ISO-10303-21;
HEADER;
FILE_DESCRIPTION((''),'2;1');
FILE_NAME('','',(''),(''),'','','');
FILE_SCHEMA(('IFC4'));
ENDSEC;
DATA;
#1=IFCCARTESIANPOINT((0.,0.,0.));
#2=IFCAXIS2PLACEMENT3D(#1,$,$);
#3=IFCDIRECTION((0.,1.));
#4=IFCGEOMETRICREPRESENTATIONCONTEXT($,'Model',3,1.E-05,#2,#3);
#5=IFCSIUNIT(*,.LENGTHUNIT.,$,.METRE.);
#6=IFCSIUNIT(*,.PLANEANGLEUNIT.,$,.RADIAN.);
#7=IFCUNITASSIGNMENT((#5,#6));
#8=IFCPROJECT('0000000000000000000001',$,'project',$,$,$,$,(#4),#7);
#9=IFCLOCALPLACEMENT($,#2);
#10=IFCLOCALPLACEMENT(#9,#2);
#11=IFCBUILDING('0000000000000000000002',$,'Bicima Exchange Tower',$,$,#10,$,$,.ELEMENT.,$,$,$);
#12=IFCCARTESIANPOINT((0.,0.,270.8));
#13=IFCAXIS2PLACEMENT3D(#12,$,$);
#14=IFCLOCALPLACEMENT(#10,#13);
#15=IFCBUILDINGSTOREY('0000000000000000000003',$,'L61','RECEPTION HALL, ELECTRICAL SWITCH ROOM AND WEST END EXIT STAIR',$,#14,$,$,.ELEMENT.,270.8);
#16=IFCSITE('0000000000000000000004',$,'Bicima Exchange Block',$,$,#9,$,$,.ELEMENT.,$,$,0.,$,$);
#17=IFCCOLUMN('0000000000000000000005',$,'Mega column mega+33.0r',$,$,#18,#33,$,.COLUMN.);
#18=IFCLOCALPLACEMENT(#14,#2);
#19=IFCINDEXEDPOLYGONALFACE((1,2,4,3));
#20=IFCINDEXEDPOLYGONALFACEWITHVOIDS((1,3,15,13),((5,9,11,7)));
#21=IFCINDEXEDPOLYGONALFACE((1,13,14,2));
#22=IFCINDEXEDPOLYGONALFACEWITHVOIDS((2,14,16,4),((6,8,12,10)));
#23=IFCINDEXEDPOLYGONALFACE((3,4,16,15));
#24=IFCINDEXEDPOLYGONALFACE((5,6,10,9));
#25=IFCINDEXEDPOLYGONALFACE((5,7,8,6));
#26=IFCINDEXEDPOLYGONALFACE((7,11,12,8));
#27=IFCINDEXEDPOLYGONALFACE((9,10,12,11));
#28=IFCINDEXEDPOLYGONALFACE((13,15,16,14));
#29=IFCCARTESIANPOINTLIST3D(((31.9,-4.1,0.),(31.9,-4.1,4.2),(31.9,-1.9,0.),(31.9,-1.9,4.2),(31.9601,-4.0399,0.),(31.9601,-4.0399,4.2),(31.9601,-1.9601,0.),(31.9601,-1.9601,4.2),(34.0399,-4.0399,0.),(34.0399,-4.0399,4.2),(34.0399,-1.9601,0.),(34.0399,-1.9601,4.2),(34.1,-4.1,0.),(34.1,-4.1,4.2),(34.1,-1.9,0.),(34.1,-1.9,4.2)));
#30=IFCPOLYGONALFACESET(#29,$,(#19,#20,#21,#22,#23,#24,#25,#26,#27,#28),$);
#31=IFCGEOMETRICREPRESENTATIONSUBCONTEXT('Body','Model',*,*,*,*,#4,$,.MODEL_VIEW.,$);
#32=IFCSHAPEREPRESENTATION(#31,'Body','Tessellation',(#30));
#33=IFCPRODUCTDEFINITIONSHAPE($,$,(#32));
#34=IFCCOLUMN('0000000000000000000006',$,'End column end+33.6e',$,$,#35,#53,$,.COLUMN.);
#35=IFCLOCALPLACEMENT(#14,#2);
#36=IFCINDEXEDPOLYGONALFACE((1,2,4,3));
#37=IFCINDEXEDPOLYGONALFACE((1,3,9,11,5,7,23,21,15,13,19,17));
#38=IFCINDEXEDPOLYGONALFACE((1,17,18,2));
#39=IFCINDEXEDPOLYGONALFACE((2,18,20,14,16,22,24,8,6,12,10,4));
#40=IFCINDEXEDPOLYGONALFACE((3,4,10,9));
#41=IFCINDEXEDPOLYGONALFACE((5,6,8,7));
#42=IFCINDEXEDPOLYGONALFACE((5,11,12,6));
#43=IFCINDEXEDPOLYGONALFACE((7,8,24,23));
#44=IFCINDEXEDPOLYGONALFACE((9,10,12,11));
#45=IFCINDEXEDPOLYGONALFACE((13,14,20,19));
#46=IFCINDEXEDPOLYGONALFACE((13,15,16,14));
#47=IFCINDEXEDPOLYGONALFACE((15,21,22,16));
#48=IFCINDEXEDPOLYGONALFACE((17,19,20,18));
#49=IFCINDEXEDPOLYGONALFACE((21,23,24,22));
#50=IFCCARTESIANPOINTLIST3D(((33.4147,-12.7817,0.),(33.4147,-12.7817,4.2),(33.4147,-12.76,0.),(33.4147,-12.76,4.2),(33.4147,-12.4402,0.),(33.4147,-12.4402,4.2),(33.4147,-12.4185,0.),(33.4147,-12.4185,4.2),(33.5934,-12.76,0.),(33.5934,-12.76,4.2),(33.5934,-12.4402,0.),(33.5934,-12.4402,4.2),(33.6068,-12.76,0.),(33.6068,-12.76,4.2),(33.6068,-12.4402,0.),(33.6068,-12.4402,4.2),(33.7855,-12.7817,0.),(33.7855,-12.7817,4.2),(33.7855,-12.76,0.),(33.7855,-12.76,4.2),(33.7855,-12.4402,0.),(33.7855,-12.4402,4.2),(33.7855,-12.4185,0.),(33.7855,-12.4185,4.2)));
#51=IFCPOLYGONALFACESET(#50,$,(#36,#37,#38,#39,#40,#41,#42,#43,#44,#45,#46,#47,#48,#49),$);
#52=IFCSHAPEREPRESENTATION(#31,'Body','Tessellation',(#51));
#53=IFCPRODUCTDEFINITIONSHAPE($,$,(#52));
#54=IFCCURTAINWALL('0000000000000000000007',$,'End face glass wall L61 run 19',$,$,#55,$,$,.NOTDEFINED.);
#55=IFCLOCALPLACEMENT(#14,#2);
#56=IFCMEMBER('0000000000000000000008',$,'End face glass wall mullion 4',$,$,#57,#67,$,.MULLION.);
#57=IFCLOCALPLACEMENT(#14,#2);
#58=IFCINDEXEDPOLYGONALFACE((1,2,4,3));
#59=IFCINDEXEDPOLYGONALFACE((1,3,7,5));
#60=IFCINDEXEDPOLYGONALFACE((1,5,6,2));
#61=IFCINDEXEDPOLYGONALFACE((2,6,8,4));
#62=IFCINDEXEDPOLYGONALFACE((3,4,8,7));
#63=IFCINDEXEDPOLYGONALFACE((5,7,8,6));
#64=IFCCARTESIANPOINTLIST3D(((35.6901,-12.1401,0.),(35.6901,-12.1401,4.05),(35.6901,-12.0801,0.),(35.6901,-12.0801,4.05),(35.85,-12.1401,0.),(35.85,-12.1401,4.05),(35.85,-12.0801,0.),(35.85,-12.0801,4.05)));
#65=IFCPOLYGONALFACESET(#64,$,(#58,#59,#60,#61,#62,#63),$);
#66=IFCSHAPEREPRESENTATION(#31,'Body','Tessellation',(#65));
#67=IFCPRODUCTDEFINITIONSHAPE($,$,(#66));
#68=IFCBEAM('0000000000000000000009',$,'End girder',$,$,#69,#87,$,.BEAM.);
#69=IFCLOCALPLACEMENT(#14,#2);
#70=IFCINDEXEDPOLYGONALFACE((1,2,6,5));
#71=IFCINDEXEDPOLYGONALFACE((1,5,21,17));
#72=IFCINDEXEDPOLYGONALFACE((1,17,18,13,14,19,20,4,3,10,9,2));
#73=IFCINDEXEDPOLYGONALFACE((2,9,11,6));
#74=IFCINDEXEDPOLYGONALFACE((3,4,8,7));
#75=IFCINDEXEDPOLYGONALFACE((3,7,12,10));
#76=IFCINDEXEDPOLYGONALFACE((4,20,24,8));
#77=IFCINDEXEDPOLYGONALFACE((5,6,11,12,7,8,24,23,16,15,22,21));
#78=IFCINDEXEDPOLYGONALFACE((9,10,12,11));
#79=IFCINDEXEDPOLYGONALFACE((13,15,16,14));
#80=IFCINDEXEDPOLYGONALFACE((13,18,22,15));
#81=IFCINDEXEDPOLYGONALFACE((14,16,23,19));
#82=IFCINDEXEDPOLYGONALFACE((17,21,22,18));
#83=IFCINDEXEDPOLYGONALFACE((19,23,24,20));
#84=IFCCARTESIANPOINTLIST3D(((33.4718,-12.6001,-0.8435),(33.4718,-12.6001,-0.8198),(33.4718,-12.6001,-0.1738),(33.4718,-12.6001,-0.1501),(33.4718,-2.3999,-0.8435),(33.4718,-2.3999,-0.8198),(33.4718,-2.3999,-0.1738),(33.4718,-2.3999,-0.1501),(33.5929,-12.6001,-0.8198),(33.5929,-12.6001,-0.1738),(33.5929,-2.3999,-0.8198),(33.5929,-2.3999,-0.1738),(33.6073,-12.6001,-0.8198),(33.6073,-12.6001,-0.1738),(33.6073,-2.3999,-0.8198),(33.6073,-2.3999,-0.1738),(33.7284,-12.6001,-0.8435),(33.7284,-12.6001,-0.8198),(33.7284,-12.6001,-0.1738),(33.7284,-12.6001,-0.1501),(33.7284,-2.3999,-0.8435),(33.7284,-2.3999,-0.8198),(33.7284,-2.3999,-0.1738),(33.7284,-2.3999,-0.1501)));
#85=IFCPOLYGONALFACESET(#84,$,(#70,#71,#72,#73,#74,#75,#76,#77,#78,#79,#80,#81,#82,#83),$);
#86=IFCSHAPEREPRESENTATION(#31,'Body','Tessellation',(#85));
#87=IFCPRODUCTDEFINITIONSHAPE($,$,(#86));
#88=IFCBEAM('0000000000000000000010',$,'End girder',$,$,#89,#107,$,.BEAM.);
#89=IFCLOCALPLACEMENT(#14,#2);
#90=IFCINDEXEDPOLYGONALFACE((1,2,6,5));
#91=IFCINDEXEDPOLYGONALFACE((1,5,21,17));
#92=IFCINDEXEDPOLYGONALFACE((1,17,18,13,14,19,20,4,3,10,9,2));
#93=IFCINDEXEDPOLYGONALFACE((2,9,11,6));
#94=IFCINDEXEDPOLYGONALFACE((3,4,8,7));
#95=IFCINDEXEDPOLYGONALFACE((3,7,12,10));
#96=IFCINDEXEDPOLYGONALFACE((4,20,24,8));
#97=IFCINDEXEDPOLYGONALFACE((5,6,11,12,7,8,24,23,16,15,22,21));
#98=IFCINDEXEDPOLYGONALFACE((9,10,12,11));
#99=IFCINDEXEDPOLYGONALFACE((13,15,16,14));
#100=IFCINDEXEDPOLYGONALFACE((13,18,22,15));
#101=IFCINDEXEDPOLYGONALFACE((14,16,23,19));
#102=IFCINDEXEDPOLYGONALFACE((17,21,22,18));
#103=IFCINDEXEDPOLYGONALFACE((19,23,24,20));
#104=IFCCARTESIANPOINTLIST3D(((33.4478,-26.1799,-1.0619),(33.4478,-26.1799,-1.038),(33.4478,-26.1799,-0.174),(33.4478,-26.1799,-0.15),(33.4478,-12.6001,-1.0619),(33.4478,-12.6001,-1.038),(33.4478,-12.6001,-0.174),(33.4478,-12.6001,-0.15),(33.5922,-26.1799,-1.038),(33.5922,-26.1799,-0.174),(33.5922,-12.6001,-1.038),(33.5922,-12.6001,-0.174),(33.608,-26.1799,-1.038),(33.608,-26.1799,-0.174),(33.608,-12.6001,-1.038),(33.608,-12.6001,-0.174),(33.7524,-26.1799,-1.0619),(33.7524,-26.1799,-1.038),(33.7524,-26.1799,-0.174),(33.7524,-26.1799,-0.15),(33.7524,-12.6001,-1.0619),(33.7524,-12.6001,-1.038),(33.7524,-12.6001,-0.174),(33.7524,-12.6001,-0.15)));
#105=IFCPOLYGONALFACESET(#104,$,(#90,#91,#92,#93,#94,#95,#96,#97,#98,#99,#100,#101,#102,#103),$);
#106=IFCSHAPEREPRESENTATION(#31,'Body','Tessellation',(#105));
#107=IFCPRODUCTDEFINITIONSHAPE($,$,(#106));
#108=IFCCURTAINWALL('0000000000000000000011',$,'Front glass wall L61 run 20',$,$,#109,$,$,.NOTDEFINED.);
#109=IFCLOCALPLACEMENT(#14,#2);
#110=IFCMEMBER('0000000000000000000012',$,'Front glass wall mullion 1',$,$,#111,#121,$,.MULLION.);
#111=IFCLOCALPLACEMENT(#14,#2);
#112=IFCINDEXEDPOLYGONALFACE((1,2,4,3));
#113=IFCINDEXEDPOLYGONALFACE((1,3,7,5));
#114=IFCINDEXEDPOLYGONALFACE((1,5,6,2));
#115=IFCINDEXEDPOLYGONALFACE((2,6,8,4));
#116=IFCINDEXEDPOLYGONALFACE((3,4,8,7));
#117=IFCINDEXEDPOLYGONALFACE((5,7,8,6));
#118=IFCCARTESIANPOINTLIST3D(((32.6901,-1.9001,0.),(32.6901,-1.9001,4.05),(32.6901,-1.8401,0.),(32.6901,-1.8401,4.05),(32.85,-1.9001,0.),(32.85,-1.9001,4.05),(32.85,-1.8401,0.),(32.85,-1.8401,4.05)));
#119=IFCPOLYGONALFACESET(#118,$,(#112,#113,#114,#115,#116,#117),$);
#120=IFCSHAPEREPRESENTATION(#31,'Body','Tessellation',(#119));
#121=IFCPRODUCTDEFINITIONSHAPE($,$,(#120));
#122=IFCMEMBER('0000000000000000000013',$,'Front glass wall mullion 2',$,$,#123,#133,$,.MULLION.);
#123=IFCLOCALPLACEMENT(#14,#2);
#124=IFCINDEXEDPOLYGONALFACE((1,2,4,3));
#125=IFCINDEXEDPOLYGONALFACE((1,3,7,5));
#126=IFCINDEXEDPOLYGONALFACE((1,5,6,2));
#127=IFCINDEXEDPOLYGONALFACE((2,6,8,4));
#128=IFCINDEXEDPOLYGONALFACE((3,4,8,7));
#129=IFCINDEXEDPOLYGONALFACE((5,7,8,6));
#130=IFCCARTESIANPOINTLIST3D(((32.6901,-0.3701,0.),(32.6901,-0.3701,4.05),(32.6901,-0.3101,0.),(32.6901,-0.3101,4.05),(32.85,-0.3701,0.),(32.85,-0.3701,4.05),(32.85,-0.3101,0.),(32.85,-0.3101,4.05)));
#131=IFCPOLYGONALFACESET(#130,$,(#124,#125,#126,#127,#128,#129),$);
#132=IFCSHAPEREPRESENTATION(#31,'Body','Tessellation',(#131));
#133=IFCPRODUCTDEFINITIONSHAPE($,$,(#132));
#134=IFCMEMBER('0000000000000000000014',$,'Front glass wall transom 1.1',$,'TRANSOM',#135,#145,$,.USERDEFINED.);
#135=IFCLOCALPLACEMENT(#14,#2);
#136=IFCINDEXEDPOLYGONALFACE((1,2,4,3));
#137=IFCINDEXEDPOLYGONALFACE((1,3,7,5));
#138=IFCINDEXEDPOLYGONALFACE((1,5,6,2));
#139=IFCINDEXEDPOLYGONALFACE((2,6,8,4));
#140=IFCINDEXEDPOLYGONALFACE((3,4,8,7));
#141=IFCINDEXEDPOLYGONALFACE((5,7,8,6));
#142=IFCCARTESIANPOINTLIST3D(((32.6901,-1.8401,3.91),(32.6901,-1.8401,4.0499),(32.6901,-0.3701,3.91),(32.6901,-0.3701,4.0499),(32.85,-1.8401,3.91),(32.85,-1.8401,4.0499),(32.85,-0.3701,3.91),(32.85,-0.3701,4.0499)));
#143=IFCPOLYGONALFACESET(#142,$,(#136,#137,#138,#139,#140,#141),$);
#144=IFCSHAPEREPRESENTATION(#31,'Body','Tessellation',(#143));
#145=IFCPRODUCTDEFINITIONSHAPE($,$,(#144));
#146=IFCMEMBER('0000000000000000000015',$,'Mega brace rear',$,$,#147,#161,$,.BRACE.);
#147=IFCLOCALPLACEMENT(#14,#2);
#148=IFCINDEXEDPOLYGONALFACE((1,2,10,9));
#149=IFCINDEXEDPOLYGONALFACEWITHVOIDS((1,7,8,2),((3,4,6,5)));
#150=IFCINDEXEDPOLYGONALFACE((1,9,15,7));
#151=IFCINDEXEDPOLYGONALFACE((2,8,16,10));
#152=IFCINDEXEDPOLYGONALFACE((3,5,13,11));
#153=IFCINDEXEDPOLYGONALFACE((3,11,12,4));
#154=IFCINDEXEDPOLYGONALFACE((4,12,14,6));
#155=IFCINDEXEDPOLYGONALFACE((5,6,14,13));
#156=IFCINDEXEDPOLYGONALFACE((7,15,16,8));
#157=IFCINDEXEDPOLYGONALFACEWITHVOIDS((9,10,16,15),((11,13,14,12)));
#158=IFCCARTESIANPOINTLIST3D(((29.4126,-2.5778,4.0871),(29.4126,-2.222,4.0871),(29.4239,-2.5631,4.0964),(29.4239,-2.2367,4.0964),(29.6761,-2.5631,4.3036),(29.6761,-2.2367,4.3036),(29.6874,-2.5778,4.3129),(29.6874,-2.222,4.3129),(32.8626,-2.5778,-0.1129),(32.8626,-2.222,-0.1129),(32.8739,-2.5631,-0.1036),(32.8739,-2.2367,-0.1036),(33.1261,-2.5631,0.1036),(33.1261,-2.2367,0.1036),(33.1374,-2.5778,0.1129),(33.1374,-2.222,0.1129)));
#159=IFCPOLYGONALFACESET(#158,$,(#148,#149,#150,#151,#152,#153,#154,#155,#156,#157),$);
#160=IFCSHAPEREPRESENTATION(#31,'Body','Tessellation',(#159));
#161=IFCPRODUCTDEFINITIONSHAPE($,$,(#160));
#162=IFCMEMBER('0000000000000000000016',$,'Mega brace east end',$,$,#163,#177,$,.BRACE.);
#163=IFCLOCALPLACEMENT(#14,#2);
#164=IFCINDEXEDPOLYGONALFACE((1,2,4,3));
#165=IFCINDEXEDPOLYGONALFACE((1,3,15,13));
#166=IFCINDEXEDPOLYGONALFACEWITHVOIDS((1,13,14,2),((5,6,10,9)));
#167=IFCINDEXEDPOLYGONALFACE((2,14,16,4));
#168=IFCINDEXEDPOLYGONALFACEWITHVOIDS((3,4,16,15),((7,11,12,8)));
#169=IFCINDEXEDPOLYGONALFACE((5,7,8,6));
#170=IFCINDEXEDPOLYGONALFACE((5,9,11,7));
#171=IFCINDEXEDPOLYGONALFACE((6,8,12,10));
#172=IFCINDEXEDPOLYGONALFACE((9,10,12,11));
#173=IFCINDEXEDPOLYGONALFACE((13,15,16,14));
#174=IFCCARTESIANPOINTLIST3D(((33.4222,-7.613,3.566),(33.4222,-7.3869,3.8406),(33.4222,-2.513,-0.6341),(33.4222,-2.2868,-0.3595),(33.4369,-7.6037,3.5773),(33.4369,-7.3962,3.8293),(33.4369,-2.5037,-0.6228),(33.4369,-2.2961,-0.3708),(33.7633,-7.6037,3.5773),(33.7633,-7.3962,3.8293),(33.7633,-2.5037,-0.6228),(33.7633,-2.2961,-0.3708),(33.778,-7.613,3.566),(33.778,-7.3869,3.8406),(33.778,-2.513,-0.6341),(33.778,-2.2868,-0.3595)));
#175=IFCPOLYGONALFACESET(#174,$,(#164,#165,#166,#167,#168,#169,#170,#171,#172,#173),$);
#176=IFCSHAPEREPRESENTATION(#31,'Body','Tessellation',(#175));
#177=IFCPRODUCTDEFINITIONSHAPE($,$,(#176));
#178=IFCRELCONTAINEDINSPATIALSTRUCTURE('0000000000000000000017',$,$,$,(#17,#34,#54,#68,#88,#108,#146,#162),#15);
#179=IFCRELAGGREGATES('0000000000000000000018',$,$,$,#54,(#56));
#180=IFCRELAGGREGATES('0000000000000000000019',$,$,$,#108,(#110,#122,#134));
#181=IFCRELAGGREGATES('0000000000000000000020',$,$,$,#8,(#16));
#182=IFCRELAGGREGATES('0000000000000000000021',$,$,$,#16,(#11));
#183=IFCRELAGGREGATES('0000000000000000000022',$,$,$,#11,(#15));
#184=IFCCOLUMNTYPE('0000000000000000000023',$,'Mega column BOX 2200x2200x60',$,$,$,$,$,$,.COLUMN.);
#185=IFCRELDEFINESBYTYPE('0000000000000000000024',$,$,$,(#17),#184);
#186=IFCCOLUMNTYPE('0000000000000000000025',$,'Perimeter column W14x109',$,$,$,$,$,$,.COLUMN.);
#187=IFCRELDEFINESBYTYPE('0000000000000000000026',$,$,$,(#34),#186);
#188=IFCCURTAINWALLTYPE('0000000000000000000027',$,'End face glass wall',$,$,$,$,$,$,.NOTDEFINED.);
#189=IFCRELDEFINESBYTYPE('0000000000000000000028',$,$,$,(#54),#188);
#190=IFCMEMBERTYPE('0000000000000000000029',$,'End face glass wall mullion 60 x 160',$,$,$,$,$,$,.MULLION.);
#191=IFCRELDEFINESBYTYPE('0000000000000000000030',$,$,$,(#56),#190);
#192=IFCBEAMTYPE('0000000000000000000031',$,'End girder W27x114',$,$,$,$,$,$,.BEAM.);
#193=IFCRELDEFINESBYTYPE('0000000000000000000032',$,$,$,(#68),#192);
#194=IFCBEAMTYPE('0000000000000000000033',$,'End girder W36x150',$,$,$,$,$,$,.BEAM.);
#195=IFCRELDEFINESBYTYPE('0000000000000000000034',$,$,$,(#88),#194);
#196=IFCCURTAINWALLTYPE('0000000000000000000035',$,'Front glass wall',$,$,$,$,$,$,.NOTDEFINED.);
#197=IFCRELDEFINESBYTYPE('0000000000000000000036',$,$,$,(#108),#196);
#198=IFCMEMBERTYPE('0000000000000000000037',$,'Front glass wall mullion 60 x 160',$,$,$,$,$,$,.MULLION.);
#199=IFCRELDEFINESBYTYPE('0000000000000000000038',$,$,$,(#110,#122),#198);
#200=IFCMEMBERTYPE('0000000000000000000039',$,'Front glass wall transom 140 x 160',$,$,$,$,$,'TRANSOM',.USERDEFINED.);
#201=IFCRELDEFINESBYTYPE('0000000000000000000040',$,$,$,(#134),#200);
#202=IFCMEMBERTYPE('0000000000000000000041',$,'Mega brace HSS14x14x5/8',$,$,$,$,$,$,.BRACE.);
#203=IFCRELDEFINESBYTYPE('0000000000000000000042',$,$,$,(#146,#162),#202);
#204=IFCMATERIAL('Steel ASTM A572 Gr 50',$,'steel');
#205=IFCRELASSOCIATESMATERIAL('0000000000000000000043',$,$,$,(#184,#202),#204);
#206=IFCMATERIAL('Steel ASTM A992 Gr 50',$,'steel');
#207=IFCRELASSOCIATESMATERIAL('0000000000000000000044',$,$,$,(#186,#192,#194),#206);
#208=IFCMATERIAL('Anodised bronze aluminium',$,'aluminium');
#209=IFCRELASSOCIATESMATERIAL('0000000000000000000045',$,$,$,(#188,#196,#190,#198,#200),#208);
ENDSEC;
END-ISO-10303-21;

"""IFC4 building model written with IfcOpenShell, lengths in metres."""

from ifc_helpers import new_model, si_unit, direction, frame, origin, origin_2d, place, context, subcontext, project, spatial, rectangle, hollow_rectangle, i_section, extrude, material, material_profile, profile_set, type_object, element, aggregate, save


model = new_model("IFC4")

# Units and contexts
model_context = context("Model", 3, precision=1e-05, world=origin(), true_north=direction((0.0, 1.0)))
body_context = subcontext(model_context, "Body", "Model", "MODEL_VIEW")
ifc_project = project(units=[si_unit("LENGTHUNIT", "METRE"), si_unit("PLANEANGLEUNIT", "RADIAN")], contexts=[model_context])

# Site, building, storey
site_placement = place(None, origin())
site = spatial("IfcSite", under=ifc_project, at=site_placement, Name="Bicima Exchange Block", CompositionType="ELEMENT", RefElevation=0.0)
building_placement = place(site_placement, origin())
building = spatial("IfcBuilding", under=site, at=building_placement, Name="Bicima Exchange Tower", CompositionType="ELEMENT")
storey_placement = place(building_placement, frame((0.0, 0.0, 270.8)))
storey = spatial("IfcBuildingStorey", under=building, at=storey_placement, Name="L61", Description="RECEPTION HALL, ELECTRICAL SWITCH ROOM AND WEST END EXIT STAIR", CompositionType="ELEMENT", Elevation=270.8)

# Columns
ifc_material_1 = material(Name="Steel ASTM A572 Gr 50", Category="steel")
ifc_material_profile_1 = material_profile(ifc_material_1, hollow_rectangle(XDim=2.2, YDim=2.2, WallThickness=0.0601, at=origin_2d()))
ifc_profile_set_1 = profile_set([ifc_material_profile_1], Name="Steel ASTM A572 Gr 50")
column_type_1 = type_object("IfcColumnType", Name="Mega column BOX 2200x2200x60", PredefinedType="COLUMN", material=ifc_profile_set_1)
column_1_placement = place(storey_placement, frame((33.0, -3.0, 0.0), z_axis=(0.0, 0.0, 1.0), x_axis=(1.0, 0.0, 0.0)))
element("IfcColumn", 1, at=column_1_placement, inside=storey, type_object=column_type_1, Name="Mega column mega+33.0r", PredefinedType="COLUMN", context=body_context, shape_type="SweptSolid", body=[
    extrude(hollow_rectangle(XDim=2.2, YDim=2.2, WallThickness=0.0601, at=origin_2d()), origin(), (0.0, 0.0, 1.0), 4.2),
])
ifc_material_2 = material(Name="Steel ASTM A992 Gr 50", Category="steel")
ifc_material_profile_2 = material_profile(ifc_material_2, i_section(OverallWidth=0.3708, OverallDepth=0.3633, WebThickness=0.0134, FlangeThickness=0.0217, at=origin_2d()))
ifc_profile_set_2 = profile_set([ifc_material_profile_2], Name="Steel ASTM A992 Gr 50")
column_type_2 = type_object("IfcColumnType", Name="Perimeter column W14x109", PredefinedType="COLUMN", material=ifc_profile_set_2)
column_2_placement = place(storey_placement, frame((33.6001, -12.6001, 0.0), z_axis=(0.0, 0.0, 1.0), x_axis=(1.0, 0.0, 0.0)))
element("IfcColumn", 2, at=column_2_placement, inside=storey, type_object=column_type_2, Name="End column end+33.6e", PredefinedType="COLUMN", context=body_context, shape_type="SweptSolid", body=[
    extrude(i_section(OverallWidth=0.3708, OverallDepth=0.3633, WebThickness=0.0134, FlangeThickness=0.0217, at=origin_2d()), origin(), (0.0, 0.0, 1.0), 4.2),
])

# Curtain wall, member
ifc_material_3 = material(Name="Anodised bronze aluminium", Category="aluminium")
curtain_wall_type_1 = type_object("IfcCurtainWallType", Name="End face glass wall", PredefinedType="NOTDEFINED", material=ifc_material_3)
curtain_wall_1_placement = place(storey_placement, origin())
curtain_wall_1 = element("IfcCurtainWall", 3, at=curtain_wall_1_placement, inside=storey, type_object=curtain_wall_type_1, Name="End face glass wall L61 run 19", PredefinedType="NOTDEFINED")
ifc_material_profile_3 = material_profile(ifc_material_3, rectangle(XDim=0.1599, YDim=0.0601, at=origin_2d()))
ifc_profile_set_3 = profile_set([ifc_material_profile_3], Name="Anodised bronze aluminium")
member_type_1 = type_object("IfcMemberType", Name="End face glass wall mullion 60 x 160", PredefinedType="MULLION", material=ifc_profile_set_3)
member_1_placement = place(storey_placement, frame((35.77, -12.1101, 0.0), z_axis=(0.0, 0.0, 1.0), x_axis=(-1.0, 0.0, 0.0)))
member_1 = element("IfcMember", 4, at=member_1_placement, type_object=member_type_1, Name="End face glass wall mullion 4", PredefinedType="MULLION", context=body_context, shape_type="SweptSolid", body=[
    extrude(rectangle(XDim=0.1599, YDim=0.0601, at=origin_2d()), origin(), (0.0, 0.0, 1.0), 4.05),
])
aggregate(curtain_wall_1, [member_1])

# Beams
ifc_material_profile_4 = material_profile(ifc_material_2, i_section(OverallWidth=0.2566, OverallDepth=0.6934, WebThickness=0.0144, FlangeThickness=0.0237, at=origin_2d()))
ifc_profile_set_4 = profile_set([ifc_material_profile_4], Name="Steel ASTM A992 Gr 50")
beam_type_1 = type_object("IfcBeamType", Name="End girder W27x114", PredefinedType="BEAM", material=ifc_profile_set_4)
beam_1_placement = place(storey_placement, frame((33.6001, -2.3999, -0.4968), z_axis=(0.0, -1.0, 0.0), x_axis=(1.0, 0.0, 0.0)))
element("IfcBeam", 5, at=beam_1_placement, inside=storey, type_object=beam_type_1, Name="End girder", PredefinedType="BEAM", context=body_context, shape_type="SweptSolid", body=[
    extrude(i_section(OverallWidth=0.2566, OverallDepth=0.6934, WebThickness=0.0144, FlangeThickness=0.0237, at=origin_2d()), origin(), (0.0, 0.0, 1.0), 10.2002),
])
ifc_material_profile_5 = material_profile(ifc_material_2, i_section(OverallWidth=0.3047, OverallDepth=0.9119, WebThickness=0.0159, FlangeThickness=0.0239, at=origin_2d()))
ifc_profile_set_5 = profile_set([ifc_material_profile_5], Name="Steel ASTM A992 Gr 50")
beam_type_2 = type_object("IfcBeamType", Name="End girder W36x150", PredefinedType="BEAM", material=ifc_profile_set_5)
beam_2_placement = place(storey_placement, frame((33.6001, -12.6001, -0.606), z_axis=(0.0, -1.0, 0.0), x_axis=(1.0, 0.0, 0.0)))
element("IfcBeam", 6, at=beam_2_placement, inside=storey, type_object=beam_type_2, Name="End girder", PredefinedType="BEAM", context=body_context, shape_type="SweptSolid", body=[
    extrude(i_section(OverallWidth=0.3047, OverallDepth=0.9119, WebThickness=0.0159, FlangeThickness=0.0239, at=origin_2d()), origin(), (0.0, 0.0, 1.0), 13.5798),
])

# Curtain wall, members
curtain_wall_type_2 = type_object("IfcCurtainWallType", Name="Front glass wall", PredefinedType="NOTDEFINED", material=ifc_material_3)
curtain_wall_2_placement = place(storey_placement, origin())
curtain_wall_2 = element("IfcCurtainWall", 7, at=curtain_wall_2_placement, inside=storey, type_object=curtain_wall_type_2, Name="Front glass wall L61 run 20", PredefinedType="NOTDEFINED")
member_type_2 = type_object("IfcMemberType", Name="Front glass wall mullion 60 x 160", PredefinedType="MULLION", material=ifc_profile_set_3)
member_2_placement = place(storey_placement, frame((32.77, -1.8701, 0.0), z_axis=(0.0, 0.0, 1.0), x_axis=(-1.0, 0.0, 0.0)))
member_2 = element("IfcMember", 8, at=member_2_placement, type_object=member_type_2, Name="Front glass wall mullion 1", PredefinedType="MULLION", context=body_context, shape_type="SweptSolid", body=[
    extrude(rectangle(XDim=0.1599, YDim=0.0601, at=origin_2d()), origin(), (0.0, 0.0, 1.0), 4.05),
])
member_3_placement = place(storey_placement, frame((32.77, -0.3401, 0.0), z_axis=(0.0, 0.0, 1.0), x_axis=(-1.0, 0.0, 0.0)))
member_3 = element("IfcMember", 9, at=member_3_placement, type_object=member_type_2, Name="Front glass wall mullion 2", PredefinedType="MULLION", context=body_context, shape_type="SweptSolid", body=[
    extrude(rectangle(XDim=0.1599, YDim=0.0601, at=origin_2d()), origin(), (0.0, 0.0, 1.0), 4.05),
])
ifc_material_profile_6 = material_profile(ifc_material_3, rectangle(XDim=0.1599, YDim=0.1399, at=origin_2d()))
ifc_profile_set_6 = profile_set([ifc_material_profile_6], Name="Anodised bronze aluminium")
member_type_3 = type_object("IfcMemberType", Name="Front glass wall transom 140 x 160", ElementType="TRANSOM", PredefinedType="USERDEFINED", material=ifc_profile_set_6)
member_4_placement = place(storey_placement, frame((32.77, -1.8401, 3.98), z_axis=(0.0, 1.0, 0.0), x_axis=(-1.0, 0.0, 0.0)))
member_4 = element("IfcMember", 10, at=member_4_placement, type_object=member_type_3, Name="Front glass wall transom 1.1", ObjectType="TRANSOM", PredefinedType="USERDEFINED", context=body_context, shape_type="SweptSolid", body=[
    extrude(rectangle(XDim=0.1599, YDim=0.1399, at=origin_2d()), origin(), (0.0, 0.0, 1.0), 1.47),
])

# Members
ifc_material_profile_7 = material_profile(ifc_material_1, hollow_rectangle(XDim=0.3557, YDim=0.3557, WallThickness=0.0146, at=origin_2d()))
ifc_profile_set_7 = profile_set([ifc_material_profile_7], Name="Steel ASTM A572 Gr 50")
member_type_4 = type_object("IfcMemberType", Name="Mega brace HSS14x14x5/8", PredefinedType="BRACE", material=ifc_profile_set_7)
member_5_placement = place(storey_placement, frame((33.0, -2.3999, 0.0), z_axis=(-0.634738, 0.0, 0.772727), x_axis=(0.0, -1.0, 0.0)))
element("IfcMember", 11, at=member_5_placement, inside=storey, type_object=member_type_4, Name="Mega brace rear", PredefinedType="BRACE", context=body_context, shape_type="SweptSolid", body=[
    extrude(hollow_rectangle(XDim=0.3557, YDim=0.3557, WallThickness=0.0146, at=origin_2d()), origin(), (0.0, 0.0, 1.0), 5.4353),
])
for number, where, z_axis, x_axis, name in (
    (12, (33.6001, -2.3999, -0.4968), (0.0, -0.771922, 0.635718), (1.0, 0.0, 0.0), "Mega brace east end"),
):
    element("IfcMember", number, at=place(storey_placement, frame(where, z_axis=z_axis, x_axis=x_axis)), inside=storey, type_object=member_type_4, Name=name, PredefinedType="BRACE", context=body_context, shape_type="SweptSolid", body=[
        extrude(hollow_rectangle(XDim=0.3557, YDim=0.3557, WallThickness=0.0146, at=origin_2d()), origin(), (0.0, 0.0, 1.0), 6.6069),
    ])

aggregate(curtain_wall_2, [member_2, member_3, member_4])

save(model, "model.ifc")
